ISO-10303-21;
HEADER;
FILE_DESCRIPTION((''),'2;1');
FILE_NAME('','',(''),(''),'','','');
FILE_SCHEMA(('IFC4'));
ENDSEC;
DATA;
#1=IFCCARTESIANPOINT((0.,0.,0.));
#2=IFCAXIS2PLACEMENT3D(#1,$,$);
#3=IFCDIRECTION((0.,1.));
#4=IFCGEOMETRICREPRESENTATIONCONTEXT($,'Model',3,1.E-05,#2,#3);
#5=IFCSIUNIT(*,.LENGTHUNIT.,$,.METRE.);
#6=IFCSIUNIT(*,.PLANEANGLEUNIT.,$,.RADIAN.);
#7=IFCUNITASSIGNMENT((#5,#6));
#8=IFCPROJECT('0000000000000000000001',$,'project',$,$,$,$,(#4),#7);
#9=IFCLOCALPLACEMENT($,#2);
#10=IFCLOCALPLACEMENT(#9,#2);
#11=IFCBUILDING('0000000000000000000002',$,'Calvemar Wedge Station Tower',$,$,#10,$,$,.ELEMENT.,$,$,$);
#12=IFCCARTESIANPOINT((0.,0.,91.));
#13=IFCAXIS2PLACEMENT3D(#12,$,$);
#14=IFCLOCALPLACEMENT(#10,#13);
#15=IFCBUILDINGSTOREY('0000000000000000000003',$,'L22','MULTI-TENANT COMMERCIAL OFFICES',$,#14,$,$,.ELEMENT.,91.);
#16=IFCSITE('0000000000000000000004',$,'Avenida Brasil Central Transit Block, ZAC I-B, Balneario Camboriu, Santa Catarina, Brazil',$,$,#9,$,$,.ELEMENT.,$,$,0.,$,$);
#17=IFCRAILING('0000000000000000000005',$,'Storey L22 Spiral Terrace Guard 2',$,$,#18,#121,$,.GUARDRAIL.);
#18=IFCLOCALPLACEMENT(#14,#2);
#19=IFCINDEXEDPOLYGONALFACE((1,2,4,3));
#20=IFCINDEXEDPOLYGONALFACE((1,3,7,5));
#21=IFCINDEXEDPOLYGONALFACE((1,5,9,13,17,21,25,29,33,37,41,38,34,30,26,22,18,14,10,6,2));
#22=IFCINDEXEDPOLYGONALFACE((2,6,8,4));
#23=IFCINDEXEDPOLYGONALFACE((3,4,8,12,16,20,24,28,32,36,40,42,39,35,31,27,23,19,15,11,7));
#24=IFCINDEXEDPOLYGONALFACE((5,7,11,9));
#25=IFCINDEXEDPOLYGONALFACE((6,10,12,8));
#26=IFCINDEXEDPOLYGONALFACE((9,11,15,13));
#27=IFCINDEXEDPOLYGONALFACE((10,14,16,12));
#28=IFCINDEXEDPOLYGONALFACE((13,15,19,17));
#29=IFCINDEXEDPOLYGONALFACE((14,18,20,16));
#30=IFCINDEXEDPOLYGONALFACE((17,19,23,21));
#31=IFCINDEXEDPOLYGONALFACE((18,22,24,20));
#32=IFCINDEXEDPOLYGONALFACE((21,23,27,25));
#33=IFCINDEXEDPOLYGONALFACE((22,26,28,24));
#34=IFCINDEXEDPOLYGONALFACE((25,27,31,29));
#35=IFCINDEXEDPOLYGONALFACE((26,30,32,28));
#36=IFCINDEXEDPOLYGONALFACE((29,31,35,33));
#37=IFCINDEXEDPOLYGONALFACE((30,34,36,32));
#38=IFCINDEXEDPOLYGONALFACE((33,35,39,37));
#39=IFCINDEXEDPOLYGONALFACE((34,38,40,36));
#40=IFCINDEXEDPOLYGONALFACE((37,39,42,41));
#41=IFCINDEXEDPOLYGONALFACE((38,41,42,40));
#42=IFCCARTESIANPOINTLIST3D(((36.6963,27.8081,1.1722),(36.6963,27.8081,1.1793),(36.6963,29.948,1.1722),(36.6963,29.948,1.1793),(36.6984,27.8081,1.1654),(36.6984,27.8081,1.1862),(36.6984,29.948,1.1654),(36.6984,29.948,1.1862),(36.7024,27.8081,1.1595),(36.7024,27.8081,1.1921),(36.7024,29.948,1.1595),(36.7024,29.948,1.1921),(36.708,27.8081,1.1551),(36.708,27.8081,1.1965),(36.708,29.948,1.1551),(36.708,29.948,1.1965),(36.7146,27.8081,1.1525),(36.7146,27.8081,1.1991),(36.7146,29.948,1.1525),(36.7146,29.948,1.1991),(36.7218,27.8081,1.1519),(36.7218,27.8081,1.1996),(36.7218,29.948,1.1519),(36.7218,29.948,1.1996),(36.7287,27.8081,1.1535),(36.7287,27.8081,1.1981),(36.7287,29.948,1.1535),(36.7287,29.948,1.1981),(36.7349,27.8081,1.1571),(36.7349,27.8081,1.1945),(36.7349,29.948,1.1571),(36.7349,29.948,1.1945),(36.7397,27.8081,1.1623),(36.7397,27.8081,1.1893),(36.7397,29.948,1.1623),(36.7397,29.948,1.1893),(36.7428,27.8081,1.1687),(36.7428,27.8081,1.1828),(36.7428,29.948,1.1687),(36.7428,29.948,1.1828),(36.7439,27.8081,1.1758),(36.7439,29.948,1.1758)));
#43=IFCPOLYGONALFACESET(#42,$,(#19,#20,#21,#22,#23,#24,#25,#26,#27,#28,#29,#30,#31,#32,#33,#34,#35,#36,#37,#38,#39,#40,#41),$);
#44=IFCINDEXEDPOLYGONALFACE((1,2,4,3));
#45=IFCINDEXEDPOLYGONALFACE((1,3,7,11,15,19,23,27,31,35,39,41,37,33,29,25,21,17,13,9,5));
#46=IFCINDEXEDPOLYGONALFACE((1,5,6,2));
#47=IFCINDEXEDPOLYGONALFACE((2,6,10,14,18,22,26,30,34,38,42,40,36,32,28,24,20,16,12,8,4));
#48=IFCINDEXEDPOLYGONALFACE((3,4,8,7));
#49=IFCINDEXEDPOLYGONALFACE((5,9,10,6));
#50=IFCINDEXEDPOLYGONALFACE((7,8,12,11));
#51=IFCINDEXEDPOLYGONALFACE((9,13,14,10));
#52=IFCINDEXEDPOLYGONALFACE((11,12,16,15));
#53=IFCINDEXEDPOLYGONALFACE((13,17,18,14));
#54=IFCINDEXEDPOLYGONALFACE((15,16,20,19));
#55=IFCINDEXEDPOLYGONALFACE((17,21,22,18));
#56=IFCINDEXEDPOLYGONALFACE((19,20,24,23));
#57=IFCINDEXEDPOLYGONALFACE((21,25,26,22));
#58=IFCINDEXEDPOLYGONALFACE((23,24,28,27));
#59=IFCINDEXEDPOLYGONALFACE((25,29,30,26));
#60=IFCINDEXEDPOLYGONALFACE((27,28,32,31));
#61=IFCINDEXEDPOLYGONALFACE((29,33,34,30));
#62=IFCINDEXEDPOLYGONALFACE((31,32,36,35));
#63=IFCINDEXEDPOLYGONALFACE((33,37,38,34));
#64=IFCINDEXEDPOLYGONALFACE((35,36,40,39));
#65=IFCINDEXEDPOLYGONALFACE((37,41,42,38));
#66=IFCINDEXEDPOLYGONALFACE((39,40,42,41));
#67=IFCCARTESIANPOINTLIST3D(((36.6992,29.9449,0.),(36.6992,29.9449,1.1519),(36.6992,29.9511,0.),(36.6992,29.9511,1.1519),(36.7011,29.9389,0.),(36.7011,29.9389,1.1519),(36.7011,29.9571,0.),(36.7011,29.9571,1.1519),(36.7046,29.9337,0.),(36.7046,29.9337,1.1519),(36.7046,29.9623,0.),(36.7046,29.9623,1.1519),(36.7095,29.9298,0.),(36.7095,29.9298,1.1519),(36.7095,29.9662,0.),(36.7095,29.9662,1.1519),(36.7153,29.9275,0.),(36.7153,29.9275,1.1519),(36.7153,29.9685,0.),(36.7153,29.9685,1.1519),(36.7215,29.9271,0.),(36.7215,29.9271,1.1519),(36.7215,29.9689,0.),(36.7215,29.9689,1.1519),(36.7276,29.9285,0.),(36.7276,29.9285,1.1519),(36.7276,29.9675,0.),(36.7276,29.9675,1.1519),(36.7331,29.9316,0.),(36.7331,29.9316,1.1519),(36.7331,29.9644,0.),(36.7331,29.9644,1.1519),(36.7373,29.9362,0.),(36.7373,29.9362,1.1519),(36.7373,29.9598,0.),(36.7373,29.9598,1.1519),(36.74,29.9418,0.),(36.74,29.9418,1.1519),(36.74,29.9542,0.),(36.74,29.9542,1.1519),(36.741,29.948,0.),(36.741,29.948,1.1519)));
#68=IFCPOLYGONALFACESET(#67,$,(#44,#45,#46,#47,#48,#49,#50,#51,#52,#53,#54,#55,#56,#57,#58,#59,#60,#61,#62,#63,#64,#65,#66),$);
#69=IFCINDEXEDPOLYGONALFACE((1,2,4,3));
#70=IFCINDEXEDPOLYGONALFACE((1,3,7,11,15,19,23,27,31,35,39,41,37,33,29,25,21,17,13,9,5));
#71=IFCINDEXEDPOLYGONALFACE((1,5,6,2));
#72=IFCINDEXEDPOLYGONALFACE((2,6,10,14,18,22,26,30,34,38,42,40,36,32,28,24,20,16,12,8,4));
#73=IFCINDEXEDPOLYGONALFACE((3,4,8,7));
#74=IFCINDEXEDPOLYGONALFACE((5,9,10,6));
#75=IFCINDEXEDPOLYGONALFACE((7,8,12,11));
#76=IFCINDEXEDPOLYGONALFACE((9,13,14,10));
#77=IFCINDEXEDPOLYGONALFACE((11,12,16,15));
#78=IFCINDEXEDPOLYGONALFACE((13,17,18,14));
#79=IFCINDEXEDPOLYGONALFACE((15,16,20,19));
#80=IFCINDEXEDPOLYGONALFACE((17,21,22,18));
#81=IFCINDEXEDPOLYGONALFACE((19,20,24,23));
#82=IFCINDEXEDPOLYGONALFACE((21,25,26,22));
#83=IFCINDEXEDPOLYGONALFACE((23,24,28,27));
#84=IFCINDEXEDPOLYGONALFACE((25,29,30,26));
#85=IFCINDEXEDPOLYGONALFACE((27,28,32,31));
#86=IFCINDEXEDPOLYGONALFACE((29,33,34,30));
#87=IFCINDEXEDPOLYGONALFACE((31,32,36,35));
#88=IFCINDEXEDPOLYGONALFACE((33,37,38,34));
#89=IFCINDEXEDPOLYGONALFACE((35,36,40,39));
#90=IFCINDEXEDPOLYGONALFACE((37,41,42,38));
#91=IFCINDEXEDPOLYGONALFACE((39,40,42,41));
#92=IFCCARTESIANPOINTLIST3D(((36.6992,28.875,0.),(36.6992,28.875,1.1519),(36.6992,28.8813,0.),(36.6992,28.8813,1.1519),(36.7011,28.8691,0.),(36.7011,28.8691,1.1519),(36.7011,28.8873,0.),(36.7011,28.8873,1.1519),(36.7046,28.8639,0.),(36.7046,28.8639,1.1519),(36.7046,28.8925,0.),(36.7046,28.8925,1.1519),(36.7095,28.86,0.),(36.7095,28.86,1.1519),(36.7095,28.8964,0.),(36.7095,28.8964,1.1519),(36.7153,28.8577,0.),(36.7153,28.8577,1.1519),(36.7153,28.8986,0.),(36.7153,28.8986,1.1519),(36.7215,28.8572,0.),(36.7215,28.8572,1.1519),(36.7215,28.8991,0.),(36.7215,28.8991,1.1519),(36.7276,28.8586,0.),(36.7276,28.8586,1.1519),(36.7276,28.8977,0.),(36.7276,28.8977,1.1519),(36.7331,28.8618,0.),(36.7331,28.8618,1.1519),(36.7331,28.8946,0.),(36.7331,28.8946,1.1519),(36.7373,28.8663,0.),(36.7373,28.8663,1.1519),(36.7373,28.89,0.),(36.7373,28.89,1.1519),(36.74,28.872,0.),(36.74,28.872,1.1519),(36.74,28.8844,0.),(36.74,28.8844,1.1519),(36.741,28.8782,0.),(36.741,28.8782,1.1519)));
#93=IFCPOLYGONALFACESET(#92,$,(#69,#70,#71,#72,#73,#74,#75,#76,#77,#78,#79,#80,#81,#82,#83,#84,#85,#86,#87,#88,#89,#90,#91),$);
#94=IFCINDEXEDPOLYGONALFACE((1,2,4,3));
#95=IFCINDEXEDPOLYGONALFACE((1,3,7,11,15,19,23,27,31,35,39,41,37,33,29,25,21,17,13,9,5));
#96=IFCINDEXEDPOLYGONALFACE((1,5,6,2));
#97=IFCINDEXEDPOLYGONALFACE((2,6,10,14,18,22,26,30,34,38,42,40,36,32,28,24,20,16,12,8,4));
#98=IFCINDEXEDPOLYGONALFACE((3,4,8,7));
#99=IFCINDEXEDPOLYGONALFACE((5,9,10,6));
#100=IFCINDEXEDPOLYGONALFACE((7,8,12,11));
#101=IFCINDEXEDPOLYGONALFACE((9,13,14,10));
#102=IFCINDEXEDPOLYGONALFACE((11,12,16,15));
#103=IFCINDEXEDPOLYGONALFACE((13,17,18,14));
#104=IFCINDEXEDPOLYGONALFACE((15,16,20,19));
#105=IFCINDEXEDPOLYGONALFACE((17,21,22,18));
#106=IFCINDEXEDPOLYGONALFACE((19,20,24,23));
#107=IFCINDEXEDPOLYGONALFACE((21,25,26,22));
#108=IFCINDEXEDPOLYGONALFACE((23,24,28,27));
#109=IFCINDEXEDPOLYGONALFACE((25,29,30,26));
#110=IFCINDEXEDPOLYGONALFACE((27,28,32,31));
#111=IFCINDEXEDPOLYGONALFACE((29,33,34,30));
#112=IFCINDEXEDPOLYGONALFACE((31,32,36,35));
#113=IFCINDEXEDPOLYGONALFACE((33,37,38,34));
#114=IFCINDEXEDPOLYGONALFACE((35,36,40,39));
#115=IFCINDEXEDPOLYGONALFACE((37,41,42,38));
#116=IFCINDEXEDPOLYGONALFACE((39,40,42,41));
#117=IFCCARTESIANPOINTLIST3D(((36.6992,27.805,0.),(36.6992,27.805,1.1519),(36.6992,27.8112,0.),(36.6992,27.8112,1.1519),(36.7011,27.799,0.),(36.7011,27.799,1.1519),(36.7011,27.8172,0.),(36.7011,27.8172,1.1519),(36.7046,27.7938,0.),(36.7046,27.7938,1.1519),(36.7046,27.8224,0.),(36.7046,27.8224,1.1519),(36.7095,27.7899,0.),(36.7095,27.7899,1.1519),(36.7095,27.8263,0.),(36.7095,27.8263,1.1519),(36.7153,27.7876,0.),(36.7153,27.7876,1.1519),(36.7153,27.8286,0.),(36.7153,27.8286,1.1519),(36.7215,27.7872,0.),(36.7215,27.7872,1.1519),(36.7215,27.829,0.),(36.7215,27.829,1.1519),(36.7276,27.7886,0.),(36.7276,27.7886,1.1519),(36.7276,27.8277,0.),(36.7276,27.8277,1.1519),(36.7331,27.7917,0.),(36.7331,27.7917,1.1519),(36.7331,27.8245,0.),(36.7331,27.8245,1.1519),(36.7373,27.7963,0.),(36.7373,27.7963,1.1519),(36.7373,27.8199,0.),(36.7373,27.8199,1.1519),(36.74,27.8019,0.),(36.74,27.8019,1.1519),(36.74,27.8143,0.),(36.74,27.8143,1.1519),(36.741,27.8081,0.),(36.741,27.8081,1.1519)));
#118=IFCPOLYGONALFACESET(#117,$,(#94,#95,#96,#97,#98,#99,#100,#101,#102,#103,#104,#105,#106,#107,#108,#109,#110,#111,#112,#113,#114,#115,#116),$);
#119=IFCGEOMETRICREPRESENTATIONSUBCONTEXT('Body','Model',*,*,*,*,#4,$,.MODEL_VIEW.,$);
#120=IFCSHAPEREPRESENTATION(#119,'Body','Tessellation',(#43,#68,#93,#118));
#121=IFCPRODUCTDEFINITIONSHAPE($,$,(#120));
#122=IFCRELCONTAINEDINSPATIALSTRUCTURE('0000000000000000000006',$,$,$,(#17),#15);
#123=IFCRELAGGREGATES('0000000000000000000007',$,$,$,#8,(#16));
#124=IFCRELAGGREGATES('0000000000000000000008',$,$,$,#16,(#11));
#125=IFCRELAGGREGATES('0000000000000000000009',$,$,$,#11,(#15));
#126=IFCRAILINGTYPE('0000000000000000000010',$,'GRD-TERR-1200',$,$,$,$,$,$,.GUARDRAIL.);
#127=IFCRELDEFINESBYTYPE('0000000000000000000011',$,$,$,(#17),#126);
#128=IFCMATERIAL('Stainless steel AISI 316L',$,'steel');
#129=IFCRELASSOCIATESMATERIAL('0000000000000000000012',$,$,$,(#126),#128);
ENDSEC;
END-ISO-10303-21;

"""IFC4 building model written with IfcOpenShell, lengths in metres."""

from ifc_helpers import new_model, si_unit, direction, frame, origin, origin_2d, place, context, subcontext, project, spatial, circle, extrude, material, type_object, element, save


model = new_model("IFC4")

# Units and contexts
model_context = context("Model", 3, precision=1e-05, world=origin(), true_north=direction((0.0, 1.0)))
body_context = subcontext(model_context, "Body", "Model", "MODEL_VIEW")
ifc_project = project(units=[si_unit("LENGTHUNIT", "METRE"), si_unit("PLANEANGLEUNIT", "RADIAN")], contexts=[model_context])

# Site, building, storey
site_placement = place(None, origin())
site = spatial("IfcSite", under=ifc_project, at=site_placement, Name="Avenida Brasil Central Transit Block, ZAC I-B, Balneario Camboriu, Santa Catarina, Brazil", CompositionType="ELEMENT", RefElevation=0.0)
building_placement = place(site_placement, origin())
building = spatial("IfcBuilding", under=site, at=building_placement, Name="Calvemar Wedge Station Tower", CompositionType="ELEMENT")
storey_placement = place(building_placement, frame((0.0, 0.0, 91.0)))
storey = spatial("IfcBuildingStorey", under=building, at=storey_placement, Name="L22", Description="MULTI-TENANT COMMERCIAL OFFICES", CompositionType="ELEMENT", Elevation=91.0)

# Railing
ifc_material_1 = material(Name="Stainless steel AISI 316L", Category="steel")
railing_type = type_object("IfcRailingType", Name="GRD-TERR-1200", PredefinedType="GUARDRAIL", material=ifc_material_1)
railing_1_placement = place(storey_placement, frame((36.72, 29.948, 0.0)))
element("IfcRailing", 1, at=railing_1_placement, inside=storey, type_object=railing_type, Name="Storey L22 Spiral Terrace Guard 2", PredefinedType="GUARDRAIL", context=body_context, shape_type="SweptSolid", body=[
    extrude(circle(Radius=0.0239, at=origin_2d()), frame((0.0, 0.0, 1.1758), z_axis=(0.0, -1.0, 0.0), x_axis=(1.0, 0.0, 0.0)), (0.0, 0.0, 1.0), 2.1399),
    extrude(circle(Radius=0.021, at=origin_2d()), origin(), (0.0, 0.0, 1.0), 1.1519),
    extrude(circle(Radius=0.021, at=origin_2d()), frame((0.0, -1.0698, 0.0)), (0.0, 0.0, 1.0), 1.1519),
    extrude(circle(Radius=0.021, at=origin_2d()), frame((0.0, -2.1399, 0.0)), (0.0, 0.0, 1.0), 1.1519),
])

save(model, "model.ifc")
